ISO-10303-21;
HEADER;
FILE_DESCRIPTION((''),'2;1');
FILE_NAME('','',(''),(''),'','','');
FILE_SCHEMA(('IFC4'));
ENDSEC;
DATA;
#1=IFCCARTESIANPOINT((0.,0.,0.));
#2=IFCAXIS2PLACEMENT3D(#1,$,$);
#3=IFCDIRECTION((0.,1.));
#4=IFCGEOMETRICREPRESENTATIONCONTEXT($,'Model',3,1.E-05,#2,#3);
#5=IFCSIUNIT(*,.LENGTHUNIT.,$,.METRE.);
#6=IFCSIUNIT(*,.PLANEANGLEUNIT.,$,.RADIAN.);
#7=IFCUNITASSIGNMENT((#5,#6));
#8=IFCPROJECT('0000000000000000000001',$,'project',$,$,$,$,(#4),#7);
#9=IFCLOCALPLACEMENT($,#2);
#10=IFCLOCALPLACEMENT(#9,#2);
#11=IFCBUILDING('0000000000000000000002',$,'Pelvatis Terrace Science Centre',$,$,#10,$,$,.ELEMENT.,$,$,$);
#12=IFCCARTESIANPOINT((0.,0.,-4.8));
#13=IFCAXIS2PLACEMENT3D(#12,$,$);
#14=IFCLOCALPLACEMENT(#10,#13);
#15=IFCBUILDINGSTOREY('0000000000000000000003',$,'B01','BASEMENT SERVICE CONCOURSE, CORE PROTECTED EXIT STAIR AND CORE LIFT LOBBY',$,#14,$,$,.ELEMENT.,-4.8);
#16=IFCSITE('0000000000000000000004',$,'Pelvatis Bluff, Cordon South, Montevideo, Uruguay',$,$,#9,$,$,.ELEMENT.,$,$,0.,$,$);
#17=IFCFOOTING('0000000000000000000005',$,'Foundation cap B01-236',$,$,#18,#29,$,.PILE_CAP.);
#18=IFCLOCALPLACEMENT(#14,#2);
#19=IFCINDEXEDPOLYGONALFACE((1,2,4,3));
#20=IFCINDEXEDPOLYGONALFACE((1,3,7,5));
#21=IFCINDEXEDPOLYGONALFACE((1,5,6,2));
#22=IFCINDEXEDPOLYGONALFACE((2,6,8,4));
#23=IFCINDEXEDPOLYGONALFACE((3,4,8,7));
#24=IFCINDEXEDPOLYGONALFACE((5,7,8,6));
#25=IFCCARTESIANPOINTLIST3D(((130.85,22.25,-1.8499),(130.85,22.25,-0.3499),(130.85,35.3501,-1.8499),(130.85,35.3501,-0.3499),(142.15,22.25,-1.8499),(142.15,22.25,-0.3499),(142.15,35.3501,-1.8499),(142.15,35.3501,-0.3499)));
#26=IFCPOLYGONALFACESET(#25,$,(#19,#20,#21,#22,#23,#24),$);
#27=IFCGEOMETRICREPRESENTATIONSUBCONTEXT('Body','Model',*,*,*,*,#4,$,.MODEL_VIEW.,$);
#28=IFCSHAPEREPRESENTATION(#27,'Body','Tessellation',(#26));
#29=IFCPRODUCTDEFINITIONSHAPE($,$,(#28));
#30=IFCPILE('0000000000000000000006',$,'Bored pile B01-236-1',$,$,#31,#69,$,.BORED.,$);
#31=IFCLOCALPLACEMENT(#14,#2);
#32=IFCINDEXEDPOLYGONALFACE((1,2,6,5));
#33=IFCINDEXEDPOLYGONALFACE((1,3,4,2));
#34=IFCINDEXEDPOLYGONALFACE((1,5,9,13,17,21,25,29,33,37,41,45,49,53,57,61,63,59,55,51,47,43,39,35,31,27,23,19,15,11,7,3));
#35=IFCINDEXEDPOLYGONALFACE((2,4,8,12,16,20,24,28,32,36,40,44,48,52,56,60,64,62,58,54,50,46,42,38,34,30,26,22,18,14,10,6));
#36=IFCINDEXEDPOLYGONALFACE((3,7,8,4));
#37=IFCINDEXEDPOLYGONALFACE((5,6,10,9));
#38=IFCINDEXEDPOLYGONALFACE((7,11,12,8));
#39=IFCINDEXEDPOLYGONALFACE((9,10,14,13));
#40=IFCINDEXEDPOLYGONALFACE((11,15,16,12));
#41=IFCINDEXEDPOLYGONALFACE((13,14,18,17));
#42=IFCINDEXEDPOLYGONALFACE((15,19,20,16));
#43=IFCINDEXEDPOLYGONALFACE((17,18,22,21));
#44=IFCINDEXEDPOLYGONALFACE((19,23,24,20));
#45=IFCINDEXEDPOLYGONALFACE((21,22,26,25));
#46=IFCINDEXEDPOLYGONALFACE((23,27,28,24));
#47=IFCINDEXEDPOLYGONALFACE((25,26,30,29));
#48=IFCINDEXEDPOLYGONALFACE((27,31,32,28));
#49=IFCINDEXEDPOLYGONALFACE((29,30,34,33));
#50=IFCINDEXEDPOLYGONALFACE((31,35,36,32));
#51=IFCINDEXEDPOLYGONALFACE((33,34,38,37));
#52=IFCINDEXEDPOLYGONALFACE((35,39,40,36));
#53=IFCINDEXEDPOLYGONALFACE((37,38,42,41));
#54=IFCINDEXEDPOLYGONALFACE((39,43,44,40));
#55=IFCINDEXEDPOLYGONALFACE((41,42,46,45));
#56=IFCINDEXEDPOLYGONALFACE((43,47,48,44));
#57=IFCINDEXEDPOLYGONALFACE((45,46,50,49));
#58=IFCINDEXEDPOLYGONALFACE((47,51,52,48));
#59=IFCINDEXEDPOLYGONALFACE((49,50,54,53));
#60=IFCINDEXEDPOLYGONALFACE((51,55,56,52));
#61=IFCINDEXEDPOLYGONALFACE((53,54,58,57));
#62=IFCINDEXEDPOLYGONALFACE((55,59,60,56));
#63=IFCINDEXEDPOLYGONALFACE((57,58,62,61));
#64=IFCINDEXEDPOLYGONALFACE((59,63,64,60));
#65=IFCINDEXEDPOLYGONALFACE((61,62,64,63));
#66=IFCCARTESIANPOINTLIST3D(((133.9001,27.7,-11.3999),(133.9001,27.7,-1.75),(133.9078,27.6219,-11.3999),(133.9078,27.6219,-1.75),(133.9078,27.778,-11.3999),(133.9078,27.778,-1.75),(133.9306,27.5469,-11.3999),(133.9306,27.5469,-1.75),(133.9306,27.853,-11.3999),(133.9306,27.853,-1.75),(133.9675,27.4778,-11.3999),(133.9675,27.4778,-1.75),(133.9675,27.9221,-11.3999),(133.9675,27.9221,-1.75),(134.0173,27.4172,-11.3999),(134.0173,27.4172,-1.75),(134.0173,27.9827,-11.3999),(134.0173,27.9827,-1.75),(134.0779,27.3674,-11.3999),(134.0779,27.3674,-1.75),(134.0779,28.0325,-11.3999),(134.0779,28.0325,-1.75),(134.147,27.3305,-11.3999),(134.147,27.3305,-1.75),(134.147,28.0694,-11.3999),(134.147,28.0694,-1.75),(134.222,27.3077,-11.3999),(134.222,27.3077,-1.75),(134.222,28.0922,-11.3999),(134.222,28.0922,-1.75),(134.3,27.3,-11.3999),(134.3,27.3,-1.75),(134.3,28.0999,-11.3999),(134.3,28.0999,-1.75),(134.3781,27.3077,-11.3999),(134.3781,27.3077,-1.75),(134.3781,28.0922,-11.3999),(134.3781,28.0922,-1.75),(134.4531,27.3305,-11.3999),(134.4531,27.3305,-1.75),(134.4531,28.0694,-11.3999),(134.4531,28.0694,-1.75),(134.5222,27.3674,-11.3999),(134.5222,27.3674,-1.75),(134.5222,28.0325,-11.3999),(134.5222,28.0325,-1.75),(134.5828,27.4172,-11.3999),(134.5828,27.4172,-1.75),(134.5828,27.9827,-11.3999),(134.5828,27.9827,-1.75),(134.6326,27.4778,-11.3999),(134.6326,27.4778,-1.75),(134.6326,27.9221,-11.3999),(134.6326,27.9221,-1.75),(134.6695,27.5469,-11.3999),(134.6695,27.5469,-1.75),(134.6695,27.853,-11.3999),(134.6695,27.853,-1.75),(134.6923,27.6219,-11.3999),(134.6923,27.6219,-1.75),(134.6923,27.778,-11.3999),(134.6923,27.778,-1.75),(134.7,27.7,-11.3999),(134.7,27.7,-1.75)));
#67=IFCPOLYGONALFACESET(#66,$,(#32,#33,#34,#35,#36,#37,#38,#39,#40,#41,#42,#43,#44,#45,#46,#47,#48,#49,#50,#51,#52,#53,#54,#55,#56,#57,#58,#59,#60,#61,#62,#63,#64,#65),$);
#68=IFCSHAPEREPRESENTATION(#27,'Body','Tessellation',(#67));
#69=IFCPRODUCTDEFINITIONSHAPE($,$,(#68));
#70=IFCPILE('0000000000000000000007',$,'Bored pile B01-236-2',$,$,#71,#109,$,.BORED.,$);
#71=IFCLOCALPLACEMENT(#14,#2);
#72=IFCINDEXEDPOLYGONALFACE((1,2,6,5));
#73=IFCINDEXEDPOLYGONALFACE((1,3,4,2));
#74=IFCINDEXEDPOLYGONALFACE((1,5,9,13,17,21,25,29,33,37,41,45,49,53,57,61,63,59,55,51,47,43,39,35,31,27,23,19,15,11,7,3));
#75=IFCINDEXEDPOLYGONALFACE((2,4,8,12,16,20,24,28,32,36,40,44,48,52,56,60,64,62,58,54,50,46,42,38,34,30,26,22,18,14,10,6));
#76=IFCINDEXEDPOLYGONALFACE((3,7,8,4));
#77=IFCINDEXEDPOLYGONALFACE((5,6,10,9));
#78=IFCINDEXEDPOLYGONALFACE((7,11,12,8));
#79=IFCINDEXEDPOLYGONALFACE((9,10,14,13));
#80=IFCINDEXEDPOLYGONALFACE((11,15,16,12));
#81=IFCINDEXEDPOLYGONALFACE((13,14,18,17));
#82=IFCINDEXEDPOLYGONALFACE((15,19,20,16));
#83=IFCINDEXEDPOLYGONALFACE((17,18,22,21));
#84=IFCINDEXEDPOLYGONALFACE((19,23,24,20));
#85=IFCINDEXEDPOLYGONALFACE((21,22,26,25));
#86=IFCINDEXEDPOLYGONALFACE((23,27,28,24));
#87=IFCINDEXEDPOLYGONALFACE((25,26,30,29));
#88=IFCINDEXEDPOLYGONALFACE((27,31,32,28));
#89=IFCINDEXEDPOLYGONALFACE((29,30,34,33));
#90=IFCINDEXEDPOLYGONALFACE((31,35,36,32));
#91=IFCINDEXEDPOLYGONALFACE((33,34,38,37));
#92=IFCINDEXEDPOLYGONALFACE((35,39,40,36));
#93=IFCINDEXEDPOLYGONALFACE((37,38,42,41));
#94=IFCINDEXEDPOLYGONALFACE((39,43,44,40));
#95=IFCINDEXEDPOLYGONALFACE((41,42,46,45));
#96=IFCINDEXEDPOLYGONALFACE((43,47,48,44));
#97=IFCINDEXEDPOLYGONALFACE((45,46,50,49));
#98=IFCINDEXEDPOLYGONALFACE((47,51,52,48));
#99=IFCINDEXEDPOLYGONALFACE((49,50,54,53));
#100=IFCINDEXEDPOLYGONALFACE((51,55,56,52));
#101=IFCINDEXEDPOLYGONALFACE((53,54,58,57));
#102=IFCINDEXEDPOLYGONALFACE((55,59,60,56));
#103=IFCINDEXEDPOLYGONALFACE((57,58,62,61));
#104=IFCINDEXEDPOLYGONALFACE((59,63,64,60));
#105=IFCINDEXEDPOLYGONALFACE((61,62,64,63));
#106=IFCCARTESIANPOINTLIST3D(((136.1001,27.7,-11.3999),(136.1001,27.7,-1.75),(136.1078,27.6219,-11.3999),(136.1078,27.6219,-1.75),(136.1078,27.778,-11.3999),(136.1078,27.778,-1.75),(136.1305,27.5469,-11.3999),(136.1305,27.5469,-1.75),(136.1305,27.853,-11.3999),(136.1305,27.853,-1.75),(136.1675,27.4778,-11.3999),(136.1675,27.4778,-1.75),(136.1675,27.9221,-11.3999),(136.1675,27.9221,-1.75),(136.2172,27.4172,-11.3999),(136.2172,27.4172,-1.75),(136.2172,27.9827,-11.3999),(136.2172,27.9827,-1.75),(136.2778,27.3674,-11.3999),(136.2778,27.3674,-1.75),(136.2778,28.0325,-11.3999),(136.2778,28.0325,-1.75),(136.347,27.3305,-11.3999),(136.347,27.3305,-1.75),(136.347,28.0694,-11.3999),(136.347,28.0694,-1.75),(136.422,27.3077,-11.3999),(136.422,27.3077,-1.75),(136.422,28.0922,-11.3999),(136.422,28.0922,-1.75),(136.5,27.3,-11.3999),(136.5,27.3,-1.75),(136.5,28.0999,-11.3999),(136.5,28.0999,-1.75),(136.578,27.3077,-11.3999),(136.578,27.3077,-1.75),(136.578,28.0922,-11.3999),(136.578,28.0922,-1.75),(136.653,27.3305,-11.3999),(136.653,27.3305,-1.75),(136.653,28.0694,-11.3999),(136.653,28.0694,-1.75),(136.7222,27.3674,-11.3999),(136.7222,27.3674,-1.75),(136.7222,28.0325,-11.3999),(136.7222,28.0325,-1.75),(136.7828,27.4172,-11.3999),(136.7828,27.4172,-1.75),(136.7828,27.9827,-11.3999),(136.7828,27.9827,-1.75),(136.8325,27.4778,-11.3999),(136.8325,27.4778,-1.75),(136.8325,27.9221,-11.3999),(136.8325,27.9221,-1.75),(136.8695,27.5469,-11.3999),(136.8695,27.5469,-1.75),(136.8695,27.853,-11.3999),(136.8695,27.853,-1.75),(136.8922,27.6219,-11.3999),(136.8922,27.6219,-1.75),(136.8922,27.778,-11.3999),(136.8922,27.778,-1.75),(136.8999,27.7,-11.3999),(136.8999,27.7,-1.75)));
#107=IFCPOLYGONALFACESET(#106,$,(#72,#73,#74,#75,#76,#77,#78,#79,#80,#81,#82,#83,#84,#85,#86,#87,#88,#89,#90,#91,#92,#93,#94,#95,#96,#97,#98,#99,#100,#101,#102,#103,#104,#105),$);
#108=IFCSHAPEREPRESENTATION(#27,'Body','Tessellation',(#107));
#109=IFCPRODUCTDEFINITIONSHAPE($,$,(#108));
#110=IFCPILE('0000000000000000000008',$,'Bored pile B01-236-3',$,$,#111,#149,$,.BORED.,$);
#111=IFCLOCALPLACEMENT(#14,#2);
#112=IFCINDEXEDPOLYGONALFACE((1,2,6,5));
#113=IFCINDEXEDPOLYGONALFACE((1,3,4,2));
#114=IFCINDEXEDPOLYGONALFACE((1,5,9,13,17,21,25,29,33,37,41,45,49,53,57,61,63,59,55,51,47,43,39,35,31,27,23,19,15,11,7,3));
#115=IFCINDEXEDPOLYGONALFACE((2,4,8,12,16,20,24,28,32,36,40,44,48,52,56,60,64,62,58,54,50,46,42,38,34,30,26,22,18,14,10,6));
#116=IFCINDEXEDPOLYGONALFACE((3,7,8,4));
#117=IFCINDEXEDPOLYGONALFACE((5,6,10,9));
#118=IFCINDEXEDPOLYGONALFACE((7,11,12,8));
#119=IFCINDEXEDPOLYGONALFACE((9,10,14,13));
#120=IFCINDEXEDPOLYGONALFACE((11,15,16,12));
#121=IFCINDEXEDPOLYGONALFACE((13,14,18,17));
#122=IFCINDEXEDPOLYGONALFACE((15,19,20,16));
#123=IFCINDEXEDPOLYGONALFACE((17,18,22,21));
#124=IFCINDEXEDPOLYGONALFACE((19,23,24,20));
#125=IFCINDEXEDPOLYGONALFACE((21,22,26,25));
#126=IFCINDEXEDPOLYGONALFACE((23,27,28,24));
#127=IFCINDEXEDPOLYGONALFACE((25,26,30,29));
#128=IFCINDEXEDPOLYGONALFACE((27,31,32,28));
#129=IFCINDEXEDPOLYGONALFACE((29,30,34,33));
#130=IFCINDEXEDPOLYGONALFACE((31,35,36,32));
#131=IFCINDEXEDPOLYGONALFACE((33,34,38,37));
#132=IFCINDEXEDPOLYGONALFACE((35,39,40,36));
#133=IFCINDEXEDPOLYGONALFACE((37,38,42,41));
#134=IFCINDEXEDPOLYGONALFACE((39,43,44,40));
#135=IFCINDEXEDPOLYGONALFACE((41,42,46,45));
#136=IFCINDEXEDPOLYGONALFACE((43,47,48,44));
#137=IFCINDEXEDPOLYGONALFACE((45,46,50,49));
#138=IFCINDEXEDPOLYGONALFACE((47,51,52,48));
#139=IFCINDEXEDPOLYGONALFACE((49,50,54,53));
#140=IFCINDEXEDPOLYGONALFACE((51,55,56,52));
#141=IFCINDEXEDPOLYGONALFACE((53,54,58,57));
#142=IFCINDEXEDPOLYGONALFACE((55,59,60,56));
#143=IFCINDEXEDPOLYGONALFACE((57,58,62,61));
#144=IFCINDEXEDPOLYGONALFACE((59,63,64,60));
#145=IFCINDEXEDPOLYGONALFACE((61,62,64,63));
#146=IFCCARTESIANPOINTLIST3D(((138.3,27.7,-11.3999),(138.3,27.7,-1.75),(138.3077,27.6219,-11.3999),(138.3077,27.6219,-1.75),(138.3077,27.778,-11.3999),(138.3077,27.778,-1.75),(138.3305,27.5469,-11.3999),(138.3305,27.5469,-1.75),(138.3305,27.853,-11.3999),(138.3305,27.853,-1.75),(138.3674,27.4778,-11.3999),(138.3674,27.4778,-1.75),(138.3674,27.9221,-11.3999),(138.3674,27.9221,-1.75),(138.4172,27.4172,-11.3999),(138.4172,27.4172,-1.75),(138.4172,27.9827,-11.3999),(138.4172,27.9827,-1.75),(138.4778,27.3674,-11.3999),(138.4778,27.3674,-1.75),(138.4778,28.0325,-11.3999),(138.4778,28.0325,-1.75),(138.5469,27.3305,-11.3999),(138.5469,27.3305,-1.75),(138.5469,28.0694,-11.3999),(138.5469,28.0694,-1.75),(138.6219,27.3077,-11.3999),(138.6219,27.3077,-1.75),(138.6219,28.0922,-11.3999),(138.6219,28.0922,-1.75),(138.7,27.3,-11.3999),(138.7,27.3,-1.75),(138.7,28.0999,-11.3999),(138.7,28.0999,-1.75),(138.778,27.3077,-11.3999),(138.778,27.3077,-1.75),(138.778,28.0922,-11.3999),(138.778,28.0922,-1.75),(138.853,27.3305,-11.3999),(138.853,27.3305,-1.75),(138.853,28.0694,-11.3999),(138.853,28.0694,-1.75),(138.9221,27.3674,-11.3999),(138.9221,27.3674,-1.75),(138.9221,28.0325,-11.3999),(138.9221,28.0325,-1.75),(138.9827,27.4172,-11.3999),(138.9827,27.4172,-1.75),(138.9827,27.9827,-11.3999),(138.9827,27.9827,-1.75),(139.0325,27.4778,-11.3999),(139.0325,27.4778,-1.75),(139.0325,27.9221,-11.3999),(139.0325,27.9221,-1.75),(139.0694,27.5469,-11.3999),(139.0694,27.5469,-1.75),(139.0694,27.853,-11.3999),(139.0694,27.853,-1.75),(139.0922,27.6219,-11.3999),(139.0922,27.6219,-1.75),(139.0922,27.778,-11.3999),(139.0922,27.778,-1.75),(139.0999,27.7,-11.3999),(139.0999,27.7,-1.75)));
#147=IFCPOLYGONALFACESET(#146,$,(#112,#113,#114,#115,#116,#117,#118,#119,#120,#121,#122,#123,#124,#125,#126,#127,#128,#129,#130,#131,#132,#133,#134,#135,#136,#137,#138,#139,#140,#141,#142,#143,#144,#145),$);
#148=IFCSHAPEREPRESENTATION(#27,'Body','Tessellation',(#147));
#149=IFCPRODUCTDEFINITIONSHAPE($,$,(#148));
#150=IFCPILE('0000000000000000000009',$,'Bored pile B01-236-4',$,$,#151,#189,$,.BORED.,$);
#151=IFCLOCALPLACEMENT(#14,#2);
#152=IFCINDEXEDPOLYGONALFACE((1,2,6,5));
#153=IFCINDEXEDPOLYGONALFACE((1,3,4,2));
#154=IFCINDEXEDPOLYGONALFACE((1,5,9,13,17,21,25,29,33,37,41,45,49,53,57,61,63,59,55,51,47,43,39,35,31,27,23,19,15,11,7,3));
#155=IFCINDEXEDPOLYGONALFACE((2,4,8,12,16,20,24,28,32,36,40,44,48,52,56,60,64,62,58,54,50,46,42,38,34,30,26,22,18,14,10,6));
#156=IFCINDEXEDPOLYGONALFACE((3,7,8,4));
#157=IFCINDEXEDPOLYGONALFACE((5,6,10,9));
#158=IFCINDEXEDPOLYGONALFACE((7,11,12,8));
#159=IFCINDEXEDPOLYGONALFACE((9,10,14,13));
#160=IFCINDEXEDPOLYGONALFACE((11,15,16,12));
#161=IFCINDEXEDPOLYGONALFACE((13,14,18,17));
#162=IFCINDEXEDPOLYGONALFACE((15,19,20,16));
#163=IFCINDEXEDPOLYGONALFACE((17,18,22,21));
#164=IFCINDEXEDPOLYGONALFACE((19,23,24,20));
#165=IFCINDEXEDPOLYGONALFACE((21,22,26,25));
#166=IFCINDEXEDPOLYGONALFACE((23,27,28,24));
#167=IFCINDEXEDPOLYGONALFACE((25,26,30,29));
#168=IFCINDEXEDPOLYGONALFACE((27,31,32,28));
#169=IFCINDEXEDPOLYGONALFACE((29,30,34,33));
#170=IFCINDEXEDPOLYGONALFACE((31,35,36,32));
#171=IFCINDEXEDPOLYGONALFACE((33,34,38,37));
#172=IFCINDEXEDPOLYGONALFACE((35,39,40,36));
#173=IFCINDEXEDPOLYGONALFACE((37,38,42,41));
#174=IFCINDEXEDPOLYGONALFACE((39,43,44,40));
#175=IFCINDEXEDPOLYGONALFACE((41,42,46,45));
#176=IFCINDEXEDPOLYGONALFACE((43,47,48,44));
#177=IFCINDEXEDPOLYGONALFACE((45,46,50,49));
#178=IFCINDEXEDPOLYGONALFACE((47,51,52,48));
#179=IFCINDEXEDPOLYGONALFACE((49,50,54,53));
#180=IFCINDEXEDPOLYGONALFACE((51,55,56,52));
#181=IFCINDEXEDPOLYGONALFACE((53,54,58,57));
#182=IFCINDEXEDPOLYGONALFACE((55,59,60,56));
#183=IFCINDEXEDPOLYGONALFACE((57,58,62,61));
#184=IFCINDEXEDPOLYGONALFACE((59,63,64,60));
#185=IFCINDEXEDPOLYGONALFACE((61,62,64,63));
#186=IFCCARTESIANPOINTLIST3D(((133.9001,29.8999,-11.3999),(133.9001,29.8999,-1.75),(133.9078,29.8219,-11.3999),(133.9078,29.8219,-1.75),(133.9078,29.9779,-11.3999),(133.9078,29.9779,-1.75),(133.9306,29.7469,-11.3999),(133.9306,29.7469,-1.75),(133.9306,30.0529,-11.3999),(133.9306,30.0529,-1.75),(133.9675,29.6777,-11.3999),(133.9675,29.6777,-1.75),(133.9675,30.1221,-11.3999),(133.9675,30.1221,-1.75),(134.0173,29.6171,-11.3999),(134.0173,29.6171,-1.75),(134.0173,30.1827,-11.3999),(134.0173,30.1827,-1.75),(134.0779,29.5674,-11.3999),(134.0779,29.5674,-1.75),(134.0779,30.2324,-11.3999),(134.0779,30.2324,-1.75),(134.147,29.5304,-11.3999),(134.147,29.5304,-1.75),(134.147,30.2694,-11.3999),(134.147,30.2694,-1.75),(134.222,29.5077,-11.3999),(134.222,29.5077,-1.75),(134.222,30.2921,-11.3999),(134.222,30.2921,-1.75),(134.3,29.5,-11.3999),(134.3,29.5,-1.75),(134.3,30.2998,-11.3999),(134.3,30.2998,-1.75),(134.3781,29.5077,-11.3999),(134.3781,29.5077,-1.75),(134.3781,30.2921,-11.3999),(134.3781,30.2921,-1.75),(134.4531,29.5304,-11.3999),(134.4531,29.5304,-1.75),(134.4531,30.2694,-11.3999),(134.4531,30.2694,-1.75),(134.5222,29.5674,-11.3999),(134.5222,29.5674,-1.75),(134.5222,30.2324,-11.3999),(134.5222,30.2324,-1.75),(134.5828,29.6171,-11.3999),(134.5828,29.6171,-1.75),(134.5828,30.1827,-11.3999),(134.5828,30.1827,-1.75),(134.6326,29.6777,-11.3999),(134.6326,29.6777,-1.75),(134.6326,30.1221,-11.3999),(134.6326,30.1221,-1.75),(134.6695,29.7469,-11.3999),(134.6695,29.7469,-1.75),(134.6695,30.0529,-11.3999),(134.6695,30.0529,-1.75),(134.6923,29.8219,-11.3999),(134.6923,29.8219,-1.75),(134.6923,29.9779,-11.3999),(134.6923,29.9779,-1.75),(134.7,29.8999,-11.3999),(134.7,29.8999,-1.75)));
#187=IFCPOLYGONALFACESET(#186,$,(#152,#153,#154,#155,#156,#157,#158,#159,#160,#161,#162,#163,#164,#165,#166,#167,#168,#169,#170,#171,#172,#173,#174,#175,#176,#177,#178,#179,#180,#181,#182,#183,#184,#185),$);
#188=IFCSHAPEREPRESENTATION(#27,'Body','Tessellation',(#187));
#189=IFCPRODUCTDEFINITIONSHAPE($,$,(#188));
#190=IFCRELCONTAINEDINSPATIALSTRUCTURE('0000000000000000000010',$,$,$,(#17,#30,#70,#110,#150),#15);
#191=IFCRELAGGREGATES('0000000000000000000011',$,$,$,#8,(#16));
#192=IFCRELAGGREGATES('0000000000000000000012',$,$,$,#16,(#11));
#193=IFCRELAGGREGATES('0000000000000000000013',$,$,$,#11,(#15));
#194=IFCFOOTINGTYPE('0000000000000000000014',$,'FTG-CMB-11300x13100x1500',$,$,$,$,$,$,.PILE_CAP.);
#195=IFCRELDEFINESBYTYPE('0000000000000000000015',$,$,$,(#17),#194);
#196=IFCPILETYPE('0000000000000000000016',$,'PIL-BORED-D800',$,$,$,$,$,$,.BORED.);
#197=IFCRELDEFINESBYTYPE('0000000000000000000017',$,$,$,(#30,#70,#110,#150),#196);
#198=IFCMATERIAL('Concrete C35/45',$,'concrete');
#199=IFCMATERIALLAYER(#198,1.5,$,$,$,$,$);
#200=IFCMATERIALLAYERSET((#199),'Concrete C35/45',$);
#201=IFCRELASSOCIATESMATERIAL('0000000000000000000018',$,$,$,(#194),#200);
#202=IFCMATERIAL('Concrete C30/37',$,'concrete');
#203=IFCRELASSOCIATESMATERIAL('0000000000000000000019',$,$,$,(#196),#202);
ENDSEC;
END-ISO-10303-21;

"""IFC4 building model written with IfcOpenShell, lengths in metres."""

from ifc_helpers import new_model, si_unit, direction, frame, origin, origin_2d, place, context, subcontext, project, spatial, rectangle, circle, extrude, material, layer, layer_set, material_profile, profile_set, type_object, element, save


model = new_model("IFC4")

# Units and contexts
model_context = context("Model", 3, precision=1e-05, world=origin(), true_north=direction((0.0, 1.0)))
body_context = subcontext(model_context, "Body", "Model", "MODEL_VIEW")
ifc_project = project(units=[si_unit("LENGTHUNIT", "METRE"), si_unit("PLANEANGLEUNIT", "RADIAN")], contexts=[model_context])

# Site, building, storey
site_placement = place(None, origin())
site = spatial("IfcSite", under=ifc_project, at=site_placement, Name="Pelvatis Bluff, Cordon South, Montevideo, Uruguay", CompositionType="ELEMENT", RefElevation=0.0)
building_placement = place(site_placement, origin())
building = spatial("IfcBuilding", under=site, at=building_placement, Name="Pelvatis Terrace Science Centre", CompositionType="ELEMENT")
storey_placement = place(building_placement, frame((0.0, 0.0, -4.8)))
storey = spatial("IfcBuildingStorey", under=building, at=storey_placement, Name="B01", Description="BASEMENT SERVICE CONCOURSE, CORE PROTECTED EXIT STAIR AND CORE LIFT LOBBY", CompositionType="ELEMENT", Elevation=-4.8)

# Footing
ifc_material_1 = material(Name="Concrete C35/45", Category="concrete")
ifc_layer_1 = layer(ifc_material_1, 1.5)
ifc_layer_set_1 = layer_set([ifc_layer_1], Name="Concrete C35/45")
footing_type = type_object("IfcFootingType", Name="FTG-CMB-11300x13100x1500", PredefinedType="PILE_CAP", material=ifc_layer_set_1)
footing_placement = place(storey_placement, frame((136.5, 28.8, -1.8499), z_axis=(0.0, 0.0, 1.0), x_axis=(1.0, 0.0, 0.0)))
element("IfcFooting", 1, at=footing_placement, inside=storey, type_object=footing_type, Name="Foundation cap B01-236", PredefinedType="PILE_CAP", context=body_context, shape_type="SweptSolid", body=[
    extrude(rectangle(XDim=11.3, YDim=13.1001, at=origin_2d()), origin(), (0.0, 0.0, 1.0), 1.5),
])

# Piles
ifc_material_2 = material(Name="Concrete C30/37", Category="concrete")
ifc_material_profile_1 = material_profile(ifc_material_2, circle(Radius=0.3999, at=origin_2d()), Name="PILE D800")
ifc_profile_set_1 = profile_set([ifc_material_profile_1], Name="Concrete C30/37")
pile_type = type_object("IfcPileType", Name="PIL-BORED-D800", PredefinedType="BORED", material=ifc_profile_set_1)
for number, where, z_axis, x_axis, name in (
    (2, (134.3, 27.7, -1.75), (0.0, 0.0, -1.0), (1.0, 0.0, 0.0), "Bored pile B01-236-1"),
    (3, (136.5, 27.7, -1.75), (0.0, 0.0, -1.0), (1.0, 0.0, 0.0), "Bored pile B01-236-2"),
    (4, (138.7, 27.7, -1.75), (0.0, 0.0, -1.0), (1.0, 0.0, 0.0), "Bored pile B01-236-3"),
    (5, (134.3, 29.8999, -1.75), (0.0, 0.0, -1.0), (1.0, 0.0, 0.0), "Bored pile B01-236-4"),
):
    element("IfcPile", number, at=place(storey_placement, frame(where, z_axis=z_axis, x_axis=x_axis)), inside=storey, type_object=pile_type, Name=name, PredefinedType="BORED", context=body_context, shape_type="SweptSolid", body=[
        extrude(circle(Radius=0.3999, at=origin_2d()), origin(), (0.0, 0.0, 1.0), 9.6499),
    ])

save(model, "model.ifc")
